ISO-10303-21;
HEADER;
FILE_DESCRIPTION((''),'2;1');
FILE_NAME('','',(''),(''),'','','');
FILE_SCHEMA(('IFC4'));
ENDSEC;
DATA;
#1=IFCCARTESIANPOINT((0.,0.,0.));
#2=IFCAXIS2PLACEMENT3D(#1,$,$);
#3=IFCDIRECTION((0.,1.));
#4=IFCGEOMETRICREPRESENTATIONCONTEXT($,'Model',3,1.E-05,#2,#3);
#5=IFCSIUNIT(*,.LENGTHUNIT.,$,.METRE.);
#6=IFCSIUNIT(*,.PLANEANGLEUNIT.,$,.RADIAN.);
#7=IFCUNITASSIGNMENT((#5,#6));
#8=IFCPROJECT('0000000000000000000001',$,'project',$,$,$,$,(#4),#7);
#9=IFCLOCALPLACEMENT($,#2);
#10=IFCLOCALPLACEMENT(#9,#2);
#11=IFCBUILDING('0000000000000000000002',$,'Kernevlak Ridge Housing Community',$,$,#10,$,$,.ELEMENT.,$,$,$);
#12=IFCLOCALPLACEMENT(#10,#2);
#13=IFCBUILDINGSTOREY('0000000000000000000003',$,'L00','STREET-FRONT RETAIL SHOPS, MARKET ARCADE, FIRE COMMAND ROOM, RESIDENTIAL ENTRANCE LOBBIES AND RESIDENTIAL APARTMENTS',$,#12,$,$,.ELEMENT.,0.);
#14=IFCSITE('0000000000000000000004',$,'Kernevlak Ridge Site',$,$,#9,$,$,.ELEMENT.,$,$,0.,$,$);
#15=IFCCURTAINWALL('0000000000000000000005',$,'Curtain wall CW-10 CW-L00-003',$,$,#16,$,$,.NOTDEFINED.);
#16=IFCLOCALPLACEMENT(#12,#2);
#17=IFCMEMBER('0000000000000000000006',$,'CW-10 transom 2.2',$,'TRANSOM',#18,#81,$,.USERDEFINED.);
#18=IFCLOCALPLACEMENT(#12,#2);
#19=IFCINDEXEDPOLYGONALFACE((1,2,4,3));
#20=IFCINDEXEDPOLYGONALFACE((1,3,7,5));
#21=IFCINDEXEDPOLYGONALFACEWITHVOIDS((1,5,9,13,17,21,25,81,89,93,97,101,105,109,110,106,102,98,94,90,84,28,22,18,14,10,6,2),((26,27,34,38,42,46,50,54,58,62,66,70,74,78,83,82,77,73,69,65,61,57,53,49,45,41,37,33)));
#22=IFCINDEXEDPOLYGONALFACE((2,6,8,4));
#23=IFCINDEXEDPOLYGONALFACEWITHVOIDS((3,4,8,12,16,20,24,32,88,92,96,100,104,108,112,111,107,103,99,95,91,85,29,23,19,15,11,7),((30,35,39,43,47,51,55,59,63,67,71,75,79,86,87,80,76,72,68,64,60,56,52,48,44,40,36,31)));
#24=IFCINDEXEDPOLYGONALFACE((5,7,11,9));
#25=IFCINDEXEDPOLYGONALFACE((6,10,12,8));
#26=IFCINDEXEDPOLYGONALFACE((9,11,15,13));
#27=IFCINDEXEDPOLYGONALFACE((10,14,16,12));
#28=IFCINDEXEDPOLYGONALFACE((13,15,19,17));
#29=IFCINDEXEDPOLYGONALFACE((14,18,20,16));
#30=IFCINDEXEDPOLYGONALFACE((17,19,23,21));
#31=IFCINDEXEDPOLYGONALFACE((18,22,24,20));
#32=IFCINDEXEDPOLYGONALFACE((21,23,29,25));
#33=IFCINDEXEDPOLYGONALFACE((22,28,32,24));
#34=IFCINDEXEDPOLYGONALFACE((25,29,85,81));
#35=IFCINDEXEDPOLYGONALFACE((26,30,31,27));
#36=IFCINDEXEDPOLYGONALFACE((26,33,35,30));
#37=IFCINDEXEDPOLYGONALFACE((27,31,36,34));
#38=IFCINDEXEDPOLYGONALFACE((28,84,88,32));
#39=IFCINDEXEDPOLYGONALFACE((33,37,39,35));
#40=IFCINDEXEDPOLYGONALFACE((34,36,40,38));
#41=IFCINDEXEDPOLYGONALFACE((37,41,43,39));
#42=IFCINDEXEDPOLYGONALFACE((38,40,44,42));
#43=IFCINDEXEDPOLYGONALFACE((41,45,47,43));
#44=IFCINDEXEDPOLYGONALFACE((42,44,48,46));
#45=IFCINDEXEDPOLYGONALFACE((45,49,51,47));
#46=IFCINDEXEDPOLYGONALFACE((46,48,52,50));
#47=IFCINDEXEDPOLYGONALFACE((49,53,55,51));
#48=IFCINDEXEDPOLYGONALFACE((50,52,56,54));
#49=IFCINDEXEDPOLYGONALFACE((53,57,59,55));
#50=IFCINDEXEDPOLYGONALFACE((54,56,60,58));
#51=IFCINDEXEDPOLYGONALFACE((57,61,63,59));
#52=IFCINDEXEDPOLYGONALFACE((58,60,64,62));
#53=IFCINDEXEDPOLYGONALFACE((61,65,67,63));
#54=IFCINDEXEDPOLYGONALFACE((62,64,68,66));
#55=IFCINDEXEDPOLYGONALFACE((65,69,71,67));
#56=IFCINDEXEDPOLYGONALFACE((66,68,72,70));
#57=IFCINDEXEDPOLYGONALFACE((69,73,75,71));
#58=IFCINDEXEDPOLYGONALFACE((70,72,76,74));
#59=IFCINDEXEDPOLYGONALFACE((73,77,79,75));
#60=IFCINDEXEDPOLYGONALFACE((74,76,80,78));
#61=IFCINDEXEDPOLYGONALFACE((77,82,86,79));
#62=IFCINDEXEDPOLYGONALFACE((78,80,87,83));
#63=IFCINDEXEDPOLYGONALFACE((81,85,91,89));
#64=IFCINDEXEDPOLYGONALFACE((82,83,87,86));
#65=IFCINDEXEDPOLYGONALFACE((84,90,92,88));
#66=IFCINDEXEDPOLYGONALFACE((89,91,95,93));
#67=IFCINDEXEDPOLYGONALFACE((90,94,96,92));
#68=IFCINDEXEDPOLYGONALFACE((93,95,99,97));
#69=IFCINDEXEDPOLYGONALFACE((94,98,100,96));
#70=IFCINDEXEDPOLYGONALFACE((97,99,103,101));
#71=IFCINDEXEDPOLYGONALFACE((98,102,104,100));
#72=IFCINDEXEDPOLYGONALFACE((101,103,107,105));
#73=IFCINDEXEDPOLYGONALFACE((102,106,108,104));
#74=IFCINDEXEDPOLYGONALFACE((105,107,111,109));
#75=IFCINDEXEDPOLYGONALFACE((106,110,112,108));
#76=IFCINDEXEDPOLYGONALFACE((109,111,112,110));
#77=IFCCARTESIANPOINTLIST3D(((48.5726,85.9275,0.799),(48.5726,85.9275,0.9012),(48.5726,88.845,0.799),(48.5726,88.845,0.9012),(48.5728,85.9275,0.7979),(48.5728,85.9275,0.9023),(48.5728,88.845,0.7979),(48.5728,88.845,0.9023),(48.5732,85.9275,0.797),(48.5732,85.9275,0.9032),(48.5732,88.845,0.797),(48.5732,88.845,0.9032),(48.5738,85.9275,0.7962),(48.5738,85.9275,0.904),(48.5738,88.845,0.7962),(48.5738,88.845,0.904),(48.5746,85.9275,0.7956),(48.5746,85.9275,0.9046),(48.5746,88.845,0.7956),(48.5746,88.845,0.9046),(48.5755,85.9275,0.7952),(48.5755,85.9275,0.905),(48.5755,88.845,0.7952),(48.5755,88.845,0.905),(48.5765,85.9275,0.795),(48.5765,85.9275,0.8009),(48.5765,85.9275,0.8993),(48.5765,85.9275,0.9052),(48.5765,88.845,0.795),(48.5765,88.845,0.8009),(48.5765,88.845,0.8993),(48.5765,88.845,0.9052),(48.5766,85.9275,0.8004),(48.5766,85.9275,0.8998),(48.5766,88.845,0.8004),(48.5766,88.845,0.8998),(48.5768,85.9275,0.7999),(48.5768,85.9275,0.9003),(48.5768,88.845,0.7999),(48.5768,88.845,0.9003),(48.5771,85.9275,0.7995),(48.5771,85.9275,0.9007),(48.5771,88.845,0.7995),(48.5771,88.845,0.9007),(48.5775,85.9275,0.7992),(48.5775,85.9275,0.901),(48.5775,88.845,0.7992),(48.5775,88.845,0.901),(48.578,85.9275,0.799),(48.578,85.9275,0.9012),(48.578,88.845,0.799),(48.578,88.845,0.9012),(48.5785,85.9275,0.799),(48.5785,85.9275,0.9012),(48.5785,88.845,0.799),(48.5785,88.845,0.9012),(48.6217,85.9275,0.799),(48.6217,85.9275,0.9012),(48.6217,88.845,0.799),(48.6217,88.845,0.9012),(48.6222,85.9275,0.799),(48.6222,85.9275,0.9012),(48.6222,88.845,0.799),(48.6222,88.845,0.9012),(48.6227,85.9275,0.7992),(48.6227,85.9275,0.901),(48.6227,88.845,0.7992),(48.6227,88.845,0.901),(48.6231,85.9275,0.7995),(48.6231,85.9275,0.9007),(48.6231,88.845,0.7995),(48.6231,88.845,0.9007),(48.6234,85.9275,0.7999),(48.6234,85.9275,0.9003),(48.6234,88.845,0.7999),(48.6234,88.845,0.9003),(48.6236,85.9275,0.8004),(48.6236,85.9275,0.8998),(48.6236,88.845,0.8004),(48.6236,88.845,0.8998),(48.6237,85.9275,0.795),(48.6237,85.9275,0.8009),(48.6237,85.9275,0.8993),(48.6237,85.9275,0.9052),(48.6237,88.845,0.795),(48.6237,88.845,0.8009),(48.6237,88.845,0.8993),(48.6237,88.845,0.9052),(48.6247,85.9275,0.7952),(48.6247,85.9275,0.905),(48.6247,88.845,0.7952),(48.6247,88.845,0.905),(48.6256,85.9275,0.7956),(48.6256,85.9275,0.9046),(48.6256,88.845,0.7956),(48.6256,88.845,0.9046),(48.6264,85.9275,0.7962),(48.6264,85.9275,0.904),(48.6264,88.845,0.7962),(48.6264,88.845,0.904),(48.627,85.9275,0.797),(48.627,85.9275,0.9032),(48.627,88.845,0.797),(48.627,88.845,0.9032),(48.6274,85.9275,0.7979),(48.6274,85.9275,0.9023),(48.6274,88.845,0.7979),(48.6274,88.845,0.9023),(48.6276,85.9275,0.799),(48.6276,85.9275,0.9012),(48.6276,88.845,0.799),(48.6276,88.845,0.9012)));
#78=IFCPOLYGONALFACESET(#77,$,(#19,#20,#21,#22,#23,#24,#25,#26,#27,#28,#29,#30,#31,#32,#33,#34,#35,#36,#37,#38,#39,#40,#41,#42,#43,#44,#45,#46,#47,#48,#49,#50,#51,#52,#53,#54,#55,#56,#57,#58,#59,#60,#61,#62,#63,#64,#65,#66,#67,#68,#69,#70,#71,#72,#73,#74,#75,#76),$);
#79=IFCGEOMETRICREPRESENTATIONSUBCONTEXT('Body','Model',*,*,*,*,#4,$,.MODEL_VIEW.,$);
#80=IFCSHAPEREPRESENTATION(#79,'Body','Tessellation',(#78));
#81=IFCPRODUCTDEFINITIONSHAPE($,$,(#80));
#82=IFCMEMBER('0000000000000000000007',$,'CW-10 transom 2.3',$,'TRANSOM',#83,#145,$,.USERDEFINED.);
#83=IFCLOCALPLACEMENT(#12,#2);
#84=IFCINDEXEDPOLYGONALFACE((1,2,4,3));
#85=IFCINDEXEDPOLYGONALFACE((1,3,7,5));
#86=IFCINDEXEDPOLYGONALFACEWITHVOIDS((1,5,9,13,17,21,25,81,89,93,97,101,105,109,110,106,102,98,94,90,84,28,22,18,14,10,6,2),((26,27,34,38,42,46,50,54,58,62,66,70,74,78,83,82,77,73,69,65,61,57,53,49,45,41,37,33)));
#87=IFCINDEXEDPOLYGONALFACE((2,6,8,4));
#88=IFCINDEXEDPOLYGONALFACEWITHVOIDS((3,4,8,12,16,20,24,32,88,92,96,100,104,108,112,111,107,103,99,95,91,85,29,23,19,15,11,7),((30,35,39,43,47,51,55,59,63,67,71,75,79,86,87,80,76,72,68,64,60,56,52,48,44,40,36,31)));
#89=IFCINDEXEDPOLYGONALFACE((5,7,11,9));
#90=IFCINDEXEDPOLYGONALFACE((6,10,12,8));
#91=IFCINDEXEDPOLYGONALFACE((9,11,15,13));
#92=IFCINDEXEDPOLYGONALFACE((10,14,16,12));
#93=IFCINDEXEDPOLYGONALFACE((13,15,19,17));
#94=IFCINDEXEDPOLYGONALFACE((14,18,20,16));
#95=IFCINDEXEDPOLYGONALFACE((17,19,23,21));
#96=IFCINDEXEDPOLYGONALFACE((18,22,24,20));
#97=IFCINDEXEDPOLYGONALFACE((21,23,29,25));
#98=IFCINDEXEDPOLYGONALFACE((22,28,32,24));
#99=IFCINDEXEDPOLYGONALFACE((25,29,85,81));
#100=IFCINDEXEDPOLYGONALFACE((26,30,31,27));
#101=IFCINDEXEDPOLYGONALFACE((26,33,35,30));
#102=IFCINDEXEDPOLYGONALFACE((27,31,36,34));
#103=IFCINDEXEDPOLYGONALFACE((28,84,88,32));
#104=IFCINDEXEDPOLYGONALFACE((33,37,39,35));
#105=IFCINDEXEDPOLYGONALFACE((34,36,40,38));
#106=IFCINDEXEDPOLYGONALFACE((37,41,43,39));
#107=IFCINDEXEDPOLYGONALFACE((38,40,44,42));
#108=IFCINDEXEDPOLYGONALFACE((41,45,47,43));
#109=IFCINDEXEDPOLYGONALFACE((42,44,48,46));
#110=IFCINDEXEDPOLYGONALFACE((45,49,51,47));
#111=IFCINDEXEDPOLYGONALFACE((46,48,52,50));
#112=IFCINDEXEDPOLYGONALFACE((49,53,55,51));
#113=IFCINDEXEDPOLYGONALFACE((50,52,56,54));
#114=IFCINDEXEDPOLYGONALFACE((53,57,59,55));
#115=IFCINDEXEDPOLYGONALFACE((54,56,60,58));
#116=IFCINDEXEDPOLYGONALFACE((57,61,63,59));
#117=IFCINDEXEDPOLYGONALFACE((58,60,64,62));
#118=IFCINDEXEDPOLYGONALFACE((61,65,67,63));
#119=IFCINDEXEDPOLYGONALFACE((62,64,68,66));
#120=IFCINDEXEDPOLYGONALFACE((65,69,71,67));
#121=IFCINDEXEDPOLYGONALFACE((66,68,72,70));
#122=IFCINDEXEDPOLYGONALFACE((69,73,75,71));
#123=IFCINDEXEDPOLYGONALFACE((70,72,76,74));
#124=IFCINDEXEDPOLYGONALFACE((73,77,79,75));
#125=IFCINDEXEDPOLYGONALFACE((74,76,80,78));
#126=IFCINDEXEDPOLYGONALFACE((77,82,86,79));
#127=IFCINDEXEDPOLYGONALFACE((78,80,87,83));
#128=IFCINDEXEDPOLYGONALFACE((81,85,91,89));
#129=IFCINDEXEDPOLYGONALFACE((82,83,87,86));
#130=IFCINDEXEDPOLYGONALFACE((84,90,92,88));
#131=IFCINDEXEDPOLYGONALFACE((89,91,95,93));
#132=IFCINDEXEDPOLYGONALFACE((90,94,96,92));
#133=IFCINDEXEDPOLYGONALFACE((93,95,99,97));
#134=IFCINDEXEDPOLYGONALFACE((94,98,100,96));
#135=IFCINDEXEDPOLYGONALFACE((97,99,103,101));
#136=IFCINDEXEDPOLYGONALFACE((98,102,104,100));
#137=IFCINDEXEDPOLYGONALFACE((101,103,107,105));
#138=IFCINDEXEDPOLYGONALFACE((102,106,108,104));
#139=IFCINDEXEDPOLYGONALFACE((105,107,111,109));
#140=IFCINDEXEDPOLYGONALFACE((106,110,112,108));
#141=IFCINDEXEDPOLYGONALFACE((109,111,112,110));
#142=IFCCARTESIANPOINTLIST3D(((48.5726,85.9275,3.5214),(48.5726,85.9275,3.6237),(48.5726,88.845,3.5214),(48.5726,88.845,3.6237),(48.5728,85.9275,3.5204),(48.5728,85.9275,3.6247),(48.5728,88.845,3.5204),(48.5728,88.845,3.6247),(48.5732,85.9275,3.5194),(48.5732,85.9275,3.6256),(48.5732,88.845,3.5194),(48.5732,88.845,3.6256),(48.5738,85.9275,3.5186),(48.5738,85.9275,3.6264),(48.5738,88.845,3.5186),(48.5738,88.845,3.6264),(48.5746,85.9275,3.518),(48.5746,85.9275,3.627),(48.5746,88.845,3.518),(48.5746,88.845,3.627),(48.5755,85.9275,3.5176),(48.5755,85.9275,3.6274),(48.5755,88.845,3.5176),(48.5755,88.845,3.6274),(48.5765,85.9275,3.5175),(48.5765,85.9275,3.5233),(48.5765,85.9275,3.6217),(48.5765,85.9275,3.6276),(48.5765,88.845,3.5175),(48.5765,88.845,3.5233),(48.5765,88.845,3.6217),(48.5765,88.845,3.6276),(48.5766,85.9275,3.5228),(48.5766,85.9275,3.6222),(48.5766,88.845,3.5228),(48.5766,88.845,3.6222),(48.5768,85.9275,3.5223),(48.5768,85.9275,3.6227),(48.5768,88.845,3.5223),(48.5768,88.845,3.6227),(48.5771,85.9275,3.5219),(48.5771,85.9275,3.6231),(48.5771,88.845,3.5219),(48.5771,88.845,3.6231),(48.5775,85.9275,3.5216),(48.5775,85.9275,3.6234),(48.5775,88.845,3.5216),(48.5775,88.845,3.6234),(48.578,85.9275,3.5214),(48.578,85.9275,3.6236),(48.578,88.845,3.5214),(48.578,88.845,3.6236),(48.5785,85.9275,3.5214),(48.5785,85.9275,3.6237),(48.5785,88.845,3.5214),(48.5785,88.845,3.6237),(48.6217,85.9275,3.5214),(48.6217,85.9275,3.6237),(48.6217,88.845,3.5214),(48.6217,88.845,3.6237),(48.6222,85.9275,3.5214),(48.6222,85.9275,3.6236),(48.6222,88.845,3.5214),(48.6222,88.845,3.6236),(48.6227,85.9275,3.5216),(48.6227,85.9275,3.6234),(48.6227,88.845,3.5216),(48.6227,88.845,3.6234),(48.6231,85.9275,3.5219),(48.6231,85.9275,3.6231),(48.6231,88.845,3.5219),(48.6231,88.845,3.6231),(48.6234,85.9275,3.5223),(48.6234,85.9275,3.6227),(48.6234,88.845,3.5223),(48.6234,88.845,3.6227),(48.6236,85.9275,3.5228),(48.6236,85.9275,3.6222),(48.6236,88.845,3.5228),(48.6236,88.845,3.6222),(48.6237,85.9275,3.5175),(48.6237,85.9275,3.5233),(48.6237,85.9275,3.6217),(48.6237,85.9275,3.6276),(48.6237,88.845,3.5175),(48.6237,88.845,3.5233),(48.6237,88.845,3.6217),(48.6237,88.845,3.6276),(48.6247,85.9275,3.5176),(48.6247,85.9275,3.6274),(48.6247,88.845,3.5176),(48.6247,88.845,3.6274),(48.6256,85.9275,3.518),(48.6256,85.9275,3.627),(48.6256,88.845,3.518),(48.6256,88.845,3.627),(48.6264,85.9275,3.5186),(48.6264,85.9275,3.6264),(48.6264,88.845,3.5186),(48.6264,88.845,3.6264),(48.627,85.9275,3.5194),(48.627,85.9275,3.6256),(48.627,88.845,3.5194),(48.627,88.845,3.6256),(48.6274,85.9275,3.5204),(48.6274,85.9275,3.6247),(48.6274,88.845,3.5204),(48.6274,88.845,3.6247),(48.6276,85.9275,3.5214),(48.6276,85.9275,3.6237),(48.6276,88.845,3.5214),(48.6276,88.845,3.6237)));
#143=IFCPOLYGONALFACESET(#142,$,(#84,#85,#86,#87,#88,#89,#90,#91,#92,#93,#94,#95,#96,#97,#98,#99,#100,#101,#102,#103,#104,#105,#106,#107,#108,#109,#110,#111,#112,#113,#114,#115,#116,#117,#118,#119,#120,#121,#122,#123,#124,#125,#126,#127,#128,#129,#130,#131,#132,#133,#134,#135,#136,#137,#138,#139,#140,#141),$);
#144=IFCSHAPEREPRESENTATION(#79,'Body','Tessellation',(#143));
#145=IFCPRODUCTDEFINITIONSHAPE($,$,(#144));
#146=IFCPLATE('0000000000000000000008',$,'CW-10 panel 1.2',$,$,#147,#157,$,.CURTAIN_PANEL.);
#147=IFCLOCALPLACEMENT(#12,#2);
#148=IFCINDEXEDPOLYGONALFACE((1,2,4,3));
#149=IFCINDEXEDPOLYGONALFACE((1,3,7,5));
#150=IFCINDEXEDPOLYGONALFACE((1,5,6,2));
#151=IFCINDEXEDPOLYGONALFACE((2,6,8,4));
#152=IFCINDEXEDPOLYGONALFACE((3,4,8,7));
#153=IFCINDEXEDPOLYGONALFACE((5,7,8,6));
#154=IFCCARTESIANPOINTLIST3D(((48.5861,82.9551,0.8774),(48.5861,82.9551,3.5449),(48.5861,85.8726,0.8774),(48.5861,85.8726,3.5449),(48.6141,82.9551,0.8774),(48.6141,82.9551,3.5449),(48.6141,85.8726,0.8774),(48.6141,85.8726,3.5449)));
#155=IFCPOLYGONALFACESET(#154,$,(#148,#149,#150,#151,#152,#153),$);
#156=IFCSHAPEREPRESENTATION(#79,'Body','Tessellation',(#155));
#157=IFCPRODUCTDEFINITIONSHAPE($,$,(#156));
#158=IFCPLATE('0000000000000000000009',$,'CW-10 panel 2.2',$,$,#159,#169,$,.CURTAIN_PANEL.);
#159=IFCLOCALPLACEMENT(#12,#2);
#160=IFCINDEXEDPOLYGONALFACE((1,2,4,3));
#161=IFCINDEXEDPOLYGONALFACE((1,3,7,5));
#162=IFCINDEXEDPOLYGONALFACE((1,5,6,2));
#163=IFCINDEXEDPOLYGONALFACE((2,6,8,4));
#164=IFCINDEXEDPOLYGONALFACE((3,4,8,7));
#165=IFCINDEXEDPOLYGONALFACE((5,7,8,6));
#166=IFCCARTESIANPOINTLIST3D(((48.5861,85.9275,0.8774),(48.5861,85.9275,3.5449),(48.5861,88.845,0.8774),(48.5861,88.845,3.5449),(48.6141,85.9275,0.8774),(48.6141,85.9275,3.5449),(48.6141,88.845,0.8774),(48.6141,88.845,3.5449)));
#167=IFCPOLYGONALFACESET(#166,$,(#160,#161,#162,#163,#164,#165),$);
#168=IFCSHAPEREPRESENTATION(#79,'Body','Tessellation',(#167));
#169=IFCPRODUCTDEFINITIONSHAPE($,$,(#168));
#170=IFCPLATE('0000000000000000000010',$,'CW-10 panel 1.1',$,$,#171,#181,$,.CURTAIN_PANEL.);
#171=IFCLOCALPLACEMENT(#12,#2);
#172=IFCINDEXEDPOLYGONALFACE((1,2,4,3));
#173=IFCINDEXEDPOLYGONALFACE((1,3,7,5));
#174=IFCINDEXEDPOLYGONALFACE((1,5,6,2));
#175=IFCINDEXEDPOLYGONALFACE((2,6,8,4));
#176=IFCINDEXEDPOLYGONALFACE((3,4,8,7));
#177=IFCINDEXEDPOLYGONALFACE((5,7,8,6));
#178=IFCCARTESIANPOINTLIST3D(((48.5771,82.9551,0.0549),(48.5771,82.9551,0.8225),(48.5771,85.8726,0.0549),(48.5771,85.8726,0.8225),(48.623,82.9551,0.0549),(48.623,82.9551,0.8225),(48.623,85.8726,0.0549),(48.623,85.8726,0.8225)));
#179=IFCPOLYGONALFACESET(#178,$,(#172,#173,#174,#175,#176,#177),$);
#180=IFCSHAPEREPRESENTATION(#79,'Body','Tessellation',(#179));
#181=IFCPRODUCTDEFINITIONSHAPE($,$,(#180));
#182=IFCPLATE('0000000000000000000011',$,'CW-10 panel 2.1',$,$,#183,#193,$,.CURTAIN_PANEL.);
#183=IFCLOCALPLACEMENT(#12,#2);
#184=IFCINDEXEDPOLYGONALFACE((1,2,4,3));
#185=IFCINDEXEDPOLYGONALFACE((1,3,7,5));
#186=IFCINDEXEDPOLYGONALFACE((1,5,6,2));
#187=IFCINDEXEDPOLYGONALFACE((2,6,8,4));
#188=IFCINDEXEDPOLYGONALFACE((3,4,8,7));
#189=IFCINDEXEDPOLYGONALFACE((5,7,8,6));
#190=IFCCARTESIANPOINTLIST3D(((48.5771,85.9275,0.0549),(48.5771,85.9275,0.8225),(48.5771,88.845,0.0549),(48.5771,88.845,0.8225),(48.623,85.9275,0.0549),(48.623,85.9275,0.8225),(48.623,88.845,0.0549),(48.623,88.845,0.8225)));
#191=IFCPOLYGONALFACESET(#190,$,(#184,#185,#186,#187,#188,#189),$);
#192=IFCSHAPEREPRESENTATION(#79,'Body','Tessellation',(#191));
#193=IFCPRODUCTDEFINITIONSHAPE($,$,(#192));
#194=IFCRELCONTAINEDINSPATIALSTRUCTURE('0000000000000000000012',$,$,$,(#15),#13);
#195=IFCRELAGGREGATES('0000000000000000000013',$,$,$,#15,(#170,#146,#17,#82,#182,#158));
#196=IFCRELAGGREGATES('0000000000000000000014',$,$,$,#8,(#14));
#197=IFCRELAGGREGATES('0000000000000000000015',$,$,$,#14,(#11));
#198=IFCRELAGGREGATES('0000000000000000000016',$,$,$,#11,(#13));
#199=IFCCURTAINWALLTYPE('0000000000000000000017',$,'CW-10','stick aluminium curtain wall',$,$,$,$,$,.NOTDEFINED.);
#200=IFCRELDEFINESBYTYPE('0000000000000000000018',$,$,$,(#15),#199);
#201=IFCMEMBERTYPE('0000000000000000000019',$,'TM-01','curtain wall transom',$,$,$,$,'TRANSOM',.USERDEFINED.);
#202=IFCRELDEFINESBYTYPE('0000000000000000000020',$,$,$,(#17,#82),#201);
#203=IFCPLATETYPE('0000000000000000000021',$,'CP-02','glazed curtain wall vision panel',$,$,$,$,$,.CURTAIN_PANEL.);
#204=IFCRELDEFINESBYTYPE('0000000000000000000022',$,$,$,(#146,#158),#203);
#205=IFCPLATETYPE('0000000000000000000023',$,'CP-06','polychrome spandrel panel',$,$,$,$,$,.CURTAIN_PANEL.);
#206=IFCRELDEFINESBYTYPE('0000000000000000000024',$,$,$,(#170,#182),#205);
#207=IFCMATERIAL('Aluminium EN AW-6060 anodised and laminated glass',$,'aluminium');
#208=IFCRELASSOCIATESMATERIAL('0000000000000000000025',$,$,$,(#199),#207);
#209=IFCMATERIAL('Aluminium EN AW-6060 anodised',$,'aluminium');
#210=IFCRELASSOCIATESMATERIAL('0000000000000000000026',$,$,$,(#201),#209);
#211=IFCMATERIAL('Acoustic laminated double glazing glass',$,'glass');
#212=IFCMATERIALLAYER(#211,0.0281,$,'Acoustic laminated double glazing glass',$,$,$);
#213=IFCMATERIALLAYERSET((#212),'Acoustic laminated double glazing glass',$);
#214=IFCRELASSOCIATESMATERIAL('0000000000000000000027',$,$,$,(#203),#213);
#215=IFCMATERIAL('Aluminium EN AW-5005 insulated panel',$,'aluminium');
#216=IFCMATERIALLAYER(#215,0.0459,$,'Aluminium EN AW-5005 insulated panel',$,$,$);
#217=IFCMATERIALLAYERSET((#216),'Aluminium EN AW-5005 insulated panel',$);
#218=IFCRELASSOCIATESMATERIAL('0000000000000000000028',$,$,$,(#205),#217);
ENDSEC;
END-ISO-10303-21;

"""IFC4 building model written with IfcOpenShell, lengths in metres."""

from ifc_helpers import new_model, si_unit, direction, frame, origin, origin_2d, place, context, subcontext, project, spatial, rectangle, hollow_rectangle, extrude, material, layer, layer_set, material_profile, profile_set, type_object, element, aggregate, save


model = new_model("IFC4")

# Units and contexts
model_context = context("Model", 3, precision=1e-05, world=origin(), true_north=direction((0.0, 1.0)))
body_context = subcontext(model_context, "Body", "Model", "MODEL_VIEW")
ifc_project = project(units=[si_unit("LENGTHUNIT", "METRE"), si_unit("PLANEANGLEUNIT", "RADIAN")], contexts=[model_context])

# Site, building, storey
site_placement = place(None, origin())
site = spatial("IfcSite", under=ifc_project, at=site_placement, Name="Kernevlak Ridge Site", CompositionType="ELEMENT", RefElevation=0.0)
building_placement = place(site_placement, origin())
building = spatial("IfcBuilding", under=site, at=building_placement, Name="Kernevlak Ridge Housing Community", CompositionType="ELEMENT")
storey_placement = place(building_placement, origin())
storey = spatial("IfcBuildingStorey", under=building, at=storey_placement, Name="L00", Description="STREET-FRONT RETAIL SHOPS, MARKET ARCADE, FIRE COMMAND ROOM, RESIDENTIAL ENTRANCE LOBBIES AND RESIDENTIAL APARTMENTS", CompositionType="ELEMENT", Elevation=0.0)

# Curtain wall
ifc_material_1 = material(Name="Aluminium EN AW-6060 anodised and laminated glass", Category="aluminium")
curtain_wall_type = type_object("IfcCurtainWallType", Name="CW-10", Description="stick aluminium curtain wall", PredefinedType="NOTDEFINED", material=ifc_material_1)
curtain_wall_placement = place(storey_placement, origin())
curtain_wall = element("IfcCurtainWall", 1, at=curtain_wall_placement, inside=storey, type_object=curtain_wall_type, Name="Curtain wall CW-10 CW-L00-003", PredefinedType="NOTDEFINED")
ifc_material_2 = material(Name="Aluminium EN AW-6060 anodised", Category="aluminium")

# Members
ifc_material_profile_1 = material_profile(ifc_material_2, hollow_rectangle(XDim=0.0549, YDim=0.1101, WallThickness=0.0039, InnerFilletRadius=0.002, OuterFilletRadius=0.0039, at=origin_2d()), Name="ALU 55x110x4")
ifc_profile_set_1 = profile_set([ifc_material_profile_1], Name="Aluminium EN AW-6060 anodised")
member_type_1 = type_object("IfcMemberType", Name="TM-01", Description="curtain wall transom", ElementType="TRANSOM", PredefinedType="USERDEFINED", material=ifc_profile_set_1)
member_1_placement = place(storey_placement, frame((48.6001, 85.9275, 0.8501), z_axis=(0.0, 1.0, 0.0), x_axis=(-1.0, 0.0, 0.0)))
member_1 = element("IfcMember", 2, at=member_1_placement, type_object=member_type_1, Name="CW-10 transom 2.2", ObjectType="TRANSOM", PredefinedType="USERDEFINED", context=body_context, shape_type="SweptSolid", body=[
    extrude(hollow_rectangle(XDim=0.0549, YDim=0.1101, WallThickness=0.0039, InnerFilletRadius=0.002, OuterFilletRadius=0.0039, at=origin_2d()), origin(), (0.0, 0.0, 1.0), 2.9175),
])
member_2_placement = place(storey_placement, frame((48.6001, 85.9275, 3.5725), z_axis=(0.0, 1.0, 0.0), x_axis=(-1.0, 0.0, 0.0)))
member_2 = element("IfcMember", 3, at=member_2_placement, type_object=member_type_1, Name="CW-10 transom 2.3", ObjectType="TRANSOM", PredefinedType="USERDEFINED", context=body_context, shape_type="SweptSolid", body=[
    extrude(hollow_rectangle(XDim=0.0549, YDim=0.1101, WallThickness=0.0039, InnerFilletRadius=0.002, OuterFilletRadius=0.0039, at=origin_2d()), origin(), (0.0, 0.0, 1.0), 2.9175),
])

# Plates
ifc_material_3 = material(Name="Acoustic laminated double glazing glass", Category="glass")
ifc_layer_1 = layer(ifc_material_3, 0.0281, Name="Acoustic laminated double glazing glass")
ifc_layer_set_1 = layer_set([ifc_layer_1], Name="Acoustic laminated double glazing glass")
plate_type_1 = type_object("IfcPlateType", Name="CP-02", Description="glazed curtain wall vision panel", PredefinedType="CURTAIN_PANEL", material=ifc_layer_set_1)
plate_1_placement = place(storey_placement, frame((48.6001, 84.4138, 0.8774), z_axis=(0.0, 0.0, 1.0), x_axis=(0.0, 1.0, 0.0)))
plate_1 = element("IfcPlate", 4, at=plate_1_placement, type_object=plate_type_1, Name="CW-10 panel 1.2", PredefinedType="CURTAIN_PANEL", context=body_context, shape_type="SweptSolid", body=[
    extrude(rectangle(XDim=2.9175, YDim=0.0281, at=origin_2d()), origin(), (0.0, 0.0, 1.0), 2.6675),
])
plate_2_placement = place(storey_placement, frame((48.6001, 87.3862, 0.8774), z_axis=(0.0, 0.0, 1.0), x_axis=(0.0, 1.0, 0.0)))
plate_2 = element("IfcPlate", 5, at=plate_2_placement, type_object=plate_type_1, Name="CW-10 panel 2.2", PredefinedType="CURTAIN_PANEL", context=body_context, shape_type="SweptSolid", body=[
    extrude(rectangle(XDim=2.9175, YDim=0.0281, at=origin_2d()), origin(), (0.0, 0.0, 1.0), 2.6675),
])
ifc_material_4 = material(Name="Aluminium EN AW-5005 insulated panel", Category="aluminium")
ifc_layer_2 = layer(ifc_material_4, 0.0459, Name="Aluminium EN AW-5005 insulated panel")
ifc_layer_set_2 = layer_set([ifc_layer_2], Name="Aluminium EN AW-5005 insulated panel")
plate_type_2 = type_object("IfcPlateType", Name="CP-06", Description="polychrome spandrel panel", PredefinedType="CURTAIN_PANEL", material=ifc_layer_set_2)
plate_3_placement = place(storey_placement, frame((48.6001, 84.4138, 0.0549), z_axis=(0.0, 0.0, 1.0), x_axis=(0.0, 1.0, 0.0)))
plate_3 = element("IfcPlate", 6, at=plate_3_placement, type_object=plate_type_2, Name="CW-10 panel 1.1", PredefinedType="CURTAIN_PANEL", context=body_context, shape_type="SweptSolid", body=[
    extrude(rectangle(XDim=2.9175, YDim=0.0459, at=origin_2d()), origin(), (0.0, 0.0, 1.0), 0.7676),
])
plate_4_placement = place(storey_placement, frame((48.6001, 87.3862, 0.0549), z_axis=(0.0, 0.0, 1.0), x_axis=(0.0, 1.0, 0.0)))
plate_4 = element("IfcPlate", 7, at=plate_4_placement, type_object=plate_type_2, Name="CW-10 panel 2.1", PredefinedType="CURTAIN_PANEL", context=body_context, shape_type="SweptSolid", body=[
    extrude(rectangle(XDim=2.9175, YDim=0.0459, at=origin_2d()), origin(), (0.0, 0.0, 1.0), 0.7676),
])
aggregate(curtain_wall, [plate_3, plate_1, member_1, member_2, plate_4, plate_2])

save(model, "model.ifc")
